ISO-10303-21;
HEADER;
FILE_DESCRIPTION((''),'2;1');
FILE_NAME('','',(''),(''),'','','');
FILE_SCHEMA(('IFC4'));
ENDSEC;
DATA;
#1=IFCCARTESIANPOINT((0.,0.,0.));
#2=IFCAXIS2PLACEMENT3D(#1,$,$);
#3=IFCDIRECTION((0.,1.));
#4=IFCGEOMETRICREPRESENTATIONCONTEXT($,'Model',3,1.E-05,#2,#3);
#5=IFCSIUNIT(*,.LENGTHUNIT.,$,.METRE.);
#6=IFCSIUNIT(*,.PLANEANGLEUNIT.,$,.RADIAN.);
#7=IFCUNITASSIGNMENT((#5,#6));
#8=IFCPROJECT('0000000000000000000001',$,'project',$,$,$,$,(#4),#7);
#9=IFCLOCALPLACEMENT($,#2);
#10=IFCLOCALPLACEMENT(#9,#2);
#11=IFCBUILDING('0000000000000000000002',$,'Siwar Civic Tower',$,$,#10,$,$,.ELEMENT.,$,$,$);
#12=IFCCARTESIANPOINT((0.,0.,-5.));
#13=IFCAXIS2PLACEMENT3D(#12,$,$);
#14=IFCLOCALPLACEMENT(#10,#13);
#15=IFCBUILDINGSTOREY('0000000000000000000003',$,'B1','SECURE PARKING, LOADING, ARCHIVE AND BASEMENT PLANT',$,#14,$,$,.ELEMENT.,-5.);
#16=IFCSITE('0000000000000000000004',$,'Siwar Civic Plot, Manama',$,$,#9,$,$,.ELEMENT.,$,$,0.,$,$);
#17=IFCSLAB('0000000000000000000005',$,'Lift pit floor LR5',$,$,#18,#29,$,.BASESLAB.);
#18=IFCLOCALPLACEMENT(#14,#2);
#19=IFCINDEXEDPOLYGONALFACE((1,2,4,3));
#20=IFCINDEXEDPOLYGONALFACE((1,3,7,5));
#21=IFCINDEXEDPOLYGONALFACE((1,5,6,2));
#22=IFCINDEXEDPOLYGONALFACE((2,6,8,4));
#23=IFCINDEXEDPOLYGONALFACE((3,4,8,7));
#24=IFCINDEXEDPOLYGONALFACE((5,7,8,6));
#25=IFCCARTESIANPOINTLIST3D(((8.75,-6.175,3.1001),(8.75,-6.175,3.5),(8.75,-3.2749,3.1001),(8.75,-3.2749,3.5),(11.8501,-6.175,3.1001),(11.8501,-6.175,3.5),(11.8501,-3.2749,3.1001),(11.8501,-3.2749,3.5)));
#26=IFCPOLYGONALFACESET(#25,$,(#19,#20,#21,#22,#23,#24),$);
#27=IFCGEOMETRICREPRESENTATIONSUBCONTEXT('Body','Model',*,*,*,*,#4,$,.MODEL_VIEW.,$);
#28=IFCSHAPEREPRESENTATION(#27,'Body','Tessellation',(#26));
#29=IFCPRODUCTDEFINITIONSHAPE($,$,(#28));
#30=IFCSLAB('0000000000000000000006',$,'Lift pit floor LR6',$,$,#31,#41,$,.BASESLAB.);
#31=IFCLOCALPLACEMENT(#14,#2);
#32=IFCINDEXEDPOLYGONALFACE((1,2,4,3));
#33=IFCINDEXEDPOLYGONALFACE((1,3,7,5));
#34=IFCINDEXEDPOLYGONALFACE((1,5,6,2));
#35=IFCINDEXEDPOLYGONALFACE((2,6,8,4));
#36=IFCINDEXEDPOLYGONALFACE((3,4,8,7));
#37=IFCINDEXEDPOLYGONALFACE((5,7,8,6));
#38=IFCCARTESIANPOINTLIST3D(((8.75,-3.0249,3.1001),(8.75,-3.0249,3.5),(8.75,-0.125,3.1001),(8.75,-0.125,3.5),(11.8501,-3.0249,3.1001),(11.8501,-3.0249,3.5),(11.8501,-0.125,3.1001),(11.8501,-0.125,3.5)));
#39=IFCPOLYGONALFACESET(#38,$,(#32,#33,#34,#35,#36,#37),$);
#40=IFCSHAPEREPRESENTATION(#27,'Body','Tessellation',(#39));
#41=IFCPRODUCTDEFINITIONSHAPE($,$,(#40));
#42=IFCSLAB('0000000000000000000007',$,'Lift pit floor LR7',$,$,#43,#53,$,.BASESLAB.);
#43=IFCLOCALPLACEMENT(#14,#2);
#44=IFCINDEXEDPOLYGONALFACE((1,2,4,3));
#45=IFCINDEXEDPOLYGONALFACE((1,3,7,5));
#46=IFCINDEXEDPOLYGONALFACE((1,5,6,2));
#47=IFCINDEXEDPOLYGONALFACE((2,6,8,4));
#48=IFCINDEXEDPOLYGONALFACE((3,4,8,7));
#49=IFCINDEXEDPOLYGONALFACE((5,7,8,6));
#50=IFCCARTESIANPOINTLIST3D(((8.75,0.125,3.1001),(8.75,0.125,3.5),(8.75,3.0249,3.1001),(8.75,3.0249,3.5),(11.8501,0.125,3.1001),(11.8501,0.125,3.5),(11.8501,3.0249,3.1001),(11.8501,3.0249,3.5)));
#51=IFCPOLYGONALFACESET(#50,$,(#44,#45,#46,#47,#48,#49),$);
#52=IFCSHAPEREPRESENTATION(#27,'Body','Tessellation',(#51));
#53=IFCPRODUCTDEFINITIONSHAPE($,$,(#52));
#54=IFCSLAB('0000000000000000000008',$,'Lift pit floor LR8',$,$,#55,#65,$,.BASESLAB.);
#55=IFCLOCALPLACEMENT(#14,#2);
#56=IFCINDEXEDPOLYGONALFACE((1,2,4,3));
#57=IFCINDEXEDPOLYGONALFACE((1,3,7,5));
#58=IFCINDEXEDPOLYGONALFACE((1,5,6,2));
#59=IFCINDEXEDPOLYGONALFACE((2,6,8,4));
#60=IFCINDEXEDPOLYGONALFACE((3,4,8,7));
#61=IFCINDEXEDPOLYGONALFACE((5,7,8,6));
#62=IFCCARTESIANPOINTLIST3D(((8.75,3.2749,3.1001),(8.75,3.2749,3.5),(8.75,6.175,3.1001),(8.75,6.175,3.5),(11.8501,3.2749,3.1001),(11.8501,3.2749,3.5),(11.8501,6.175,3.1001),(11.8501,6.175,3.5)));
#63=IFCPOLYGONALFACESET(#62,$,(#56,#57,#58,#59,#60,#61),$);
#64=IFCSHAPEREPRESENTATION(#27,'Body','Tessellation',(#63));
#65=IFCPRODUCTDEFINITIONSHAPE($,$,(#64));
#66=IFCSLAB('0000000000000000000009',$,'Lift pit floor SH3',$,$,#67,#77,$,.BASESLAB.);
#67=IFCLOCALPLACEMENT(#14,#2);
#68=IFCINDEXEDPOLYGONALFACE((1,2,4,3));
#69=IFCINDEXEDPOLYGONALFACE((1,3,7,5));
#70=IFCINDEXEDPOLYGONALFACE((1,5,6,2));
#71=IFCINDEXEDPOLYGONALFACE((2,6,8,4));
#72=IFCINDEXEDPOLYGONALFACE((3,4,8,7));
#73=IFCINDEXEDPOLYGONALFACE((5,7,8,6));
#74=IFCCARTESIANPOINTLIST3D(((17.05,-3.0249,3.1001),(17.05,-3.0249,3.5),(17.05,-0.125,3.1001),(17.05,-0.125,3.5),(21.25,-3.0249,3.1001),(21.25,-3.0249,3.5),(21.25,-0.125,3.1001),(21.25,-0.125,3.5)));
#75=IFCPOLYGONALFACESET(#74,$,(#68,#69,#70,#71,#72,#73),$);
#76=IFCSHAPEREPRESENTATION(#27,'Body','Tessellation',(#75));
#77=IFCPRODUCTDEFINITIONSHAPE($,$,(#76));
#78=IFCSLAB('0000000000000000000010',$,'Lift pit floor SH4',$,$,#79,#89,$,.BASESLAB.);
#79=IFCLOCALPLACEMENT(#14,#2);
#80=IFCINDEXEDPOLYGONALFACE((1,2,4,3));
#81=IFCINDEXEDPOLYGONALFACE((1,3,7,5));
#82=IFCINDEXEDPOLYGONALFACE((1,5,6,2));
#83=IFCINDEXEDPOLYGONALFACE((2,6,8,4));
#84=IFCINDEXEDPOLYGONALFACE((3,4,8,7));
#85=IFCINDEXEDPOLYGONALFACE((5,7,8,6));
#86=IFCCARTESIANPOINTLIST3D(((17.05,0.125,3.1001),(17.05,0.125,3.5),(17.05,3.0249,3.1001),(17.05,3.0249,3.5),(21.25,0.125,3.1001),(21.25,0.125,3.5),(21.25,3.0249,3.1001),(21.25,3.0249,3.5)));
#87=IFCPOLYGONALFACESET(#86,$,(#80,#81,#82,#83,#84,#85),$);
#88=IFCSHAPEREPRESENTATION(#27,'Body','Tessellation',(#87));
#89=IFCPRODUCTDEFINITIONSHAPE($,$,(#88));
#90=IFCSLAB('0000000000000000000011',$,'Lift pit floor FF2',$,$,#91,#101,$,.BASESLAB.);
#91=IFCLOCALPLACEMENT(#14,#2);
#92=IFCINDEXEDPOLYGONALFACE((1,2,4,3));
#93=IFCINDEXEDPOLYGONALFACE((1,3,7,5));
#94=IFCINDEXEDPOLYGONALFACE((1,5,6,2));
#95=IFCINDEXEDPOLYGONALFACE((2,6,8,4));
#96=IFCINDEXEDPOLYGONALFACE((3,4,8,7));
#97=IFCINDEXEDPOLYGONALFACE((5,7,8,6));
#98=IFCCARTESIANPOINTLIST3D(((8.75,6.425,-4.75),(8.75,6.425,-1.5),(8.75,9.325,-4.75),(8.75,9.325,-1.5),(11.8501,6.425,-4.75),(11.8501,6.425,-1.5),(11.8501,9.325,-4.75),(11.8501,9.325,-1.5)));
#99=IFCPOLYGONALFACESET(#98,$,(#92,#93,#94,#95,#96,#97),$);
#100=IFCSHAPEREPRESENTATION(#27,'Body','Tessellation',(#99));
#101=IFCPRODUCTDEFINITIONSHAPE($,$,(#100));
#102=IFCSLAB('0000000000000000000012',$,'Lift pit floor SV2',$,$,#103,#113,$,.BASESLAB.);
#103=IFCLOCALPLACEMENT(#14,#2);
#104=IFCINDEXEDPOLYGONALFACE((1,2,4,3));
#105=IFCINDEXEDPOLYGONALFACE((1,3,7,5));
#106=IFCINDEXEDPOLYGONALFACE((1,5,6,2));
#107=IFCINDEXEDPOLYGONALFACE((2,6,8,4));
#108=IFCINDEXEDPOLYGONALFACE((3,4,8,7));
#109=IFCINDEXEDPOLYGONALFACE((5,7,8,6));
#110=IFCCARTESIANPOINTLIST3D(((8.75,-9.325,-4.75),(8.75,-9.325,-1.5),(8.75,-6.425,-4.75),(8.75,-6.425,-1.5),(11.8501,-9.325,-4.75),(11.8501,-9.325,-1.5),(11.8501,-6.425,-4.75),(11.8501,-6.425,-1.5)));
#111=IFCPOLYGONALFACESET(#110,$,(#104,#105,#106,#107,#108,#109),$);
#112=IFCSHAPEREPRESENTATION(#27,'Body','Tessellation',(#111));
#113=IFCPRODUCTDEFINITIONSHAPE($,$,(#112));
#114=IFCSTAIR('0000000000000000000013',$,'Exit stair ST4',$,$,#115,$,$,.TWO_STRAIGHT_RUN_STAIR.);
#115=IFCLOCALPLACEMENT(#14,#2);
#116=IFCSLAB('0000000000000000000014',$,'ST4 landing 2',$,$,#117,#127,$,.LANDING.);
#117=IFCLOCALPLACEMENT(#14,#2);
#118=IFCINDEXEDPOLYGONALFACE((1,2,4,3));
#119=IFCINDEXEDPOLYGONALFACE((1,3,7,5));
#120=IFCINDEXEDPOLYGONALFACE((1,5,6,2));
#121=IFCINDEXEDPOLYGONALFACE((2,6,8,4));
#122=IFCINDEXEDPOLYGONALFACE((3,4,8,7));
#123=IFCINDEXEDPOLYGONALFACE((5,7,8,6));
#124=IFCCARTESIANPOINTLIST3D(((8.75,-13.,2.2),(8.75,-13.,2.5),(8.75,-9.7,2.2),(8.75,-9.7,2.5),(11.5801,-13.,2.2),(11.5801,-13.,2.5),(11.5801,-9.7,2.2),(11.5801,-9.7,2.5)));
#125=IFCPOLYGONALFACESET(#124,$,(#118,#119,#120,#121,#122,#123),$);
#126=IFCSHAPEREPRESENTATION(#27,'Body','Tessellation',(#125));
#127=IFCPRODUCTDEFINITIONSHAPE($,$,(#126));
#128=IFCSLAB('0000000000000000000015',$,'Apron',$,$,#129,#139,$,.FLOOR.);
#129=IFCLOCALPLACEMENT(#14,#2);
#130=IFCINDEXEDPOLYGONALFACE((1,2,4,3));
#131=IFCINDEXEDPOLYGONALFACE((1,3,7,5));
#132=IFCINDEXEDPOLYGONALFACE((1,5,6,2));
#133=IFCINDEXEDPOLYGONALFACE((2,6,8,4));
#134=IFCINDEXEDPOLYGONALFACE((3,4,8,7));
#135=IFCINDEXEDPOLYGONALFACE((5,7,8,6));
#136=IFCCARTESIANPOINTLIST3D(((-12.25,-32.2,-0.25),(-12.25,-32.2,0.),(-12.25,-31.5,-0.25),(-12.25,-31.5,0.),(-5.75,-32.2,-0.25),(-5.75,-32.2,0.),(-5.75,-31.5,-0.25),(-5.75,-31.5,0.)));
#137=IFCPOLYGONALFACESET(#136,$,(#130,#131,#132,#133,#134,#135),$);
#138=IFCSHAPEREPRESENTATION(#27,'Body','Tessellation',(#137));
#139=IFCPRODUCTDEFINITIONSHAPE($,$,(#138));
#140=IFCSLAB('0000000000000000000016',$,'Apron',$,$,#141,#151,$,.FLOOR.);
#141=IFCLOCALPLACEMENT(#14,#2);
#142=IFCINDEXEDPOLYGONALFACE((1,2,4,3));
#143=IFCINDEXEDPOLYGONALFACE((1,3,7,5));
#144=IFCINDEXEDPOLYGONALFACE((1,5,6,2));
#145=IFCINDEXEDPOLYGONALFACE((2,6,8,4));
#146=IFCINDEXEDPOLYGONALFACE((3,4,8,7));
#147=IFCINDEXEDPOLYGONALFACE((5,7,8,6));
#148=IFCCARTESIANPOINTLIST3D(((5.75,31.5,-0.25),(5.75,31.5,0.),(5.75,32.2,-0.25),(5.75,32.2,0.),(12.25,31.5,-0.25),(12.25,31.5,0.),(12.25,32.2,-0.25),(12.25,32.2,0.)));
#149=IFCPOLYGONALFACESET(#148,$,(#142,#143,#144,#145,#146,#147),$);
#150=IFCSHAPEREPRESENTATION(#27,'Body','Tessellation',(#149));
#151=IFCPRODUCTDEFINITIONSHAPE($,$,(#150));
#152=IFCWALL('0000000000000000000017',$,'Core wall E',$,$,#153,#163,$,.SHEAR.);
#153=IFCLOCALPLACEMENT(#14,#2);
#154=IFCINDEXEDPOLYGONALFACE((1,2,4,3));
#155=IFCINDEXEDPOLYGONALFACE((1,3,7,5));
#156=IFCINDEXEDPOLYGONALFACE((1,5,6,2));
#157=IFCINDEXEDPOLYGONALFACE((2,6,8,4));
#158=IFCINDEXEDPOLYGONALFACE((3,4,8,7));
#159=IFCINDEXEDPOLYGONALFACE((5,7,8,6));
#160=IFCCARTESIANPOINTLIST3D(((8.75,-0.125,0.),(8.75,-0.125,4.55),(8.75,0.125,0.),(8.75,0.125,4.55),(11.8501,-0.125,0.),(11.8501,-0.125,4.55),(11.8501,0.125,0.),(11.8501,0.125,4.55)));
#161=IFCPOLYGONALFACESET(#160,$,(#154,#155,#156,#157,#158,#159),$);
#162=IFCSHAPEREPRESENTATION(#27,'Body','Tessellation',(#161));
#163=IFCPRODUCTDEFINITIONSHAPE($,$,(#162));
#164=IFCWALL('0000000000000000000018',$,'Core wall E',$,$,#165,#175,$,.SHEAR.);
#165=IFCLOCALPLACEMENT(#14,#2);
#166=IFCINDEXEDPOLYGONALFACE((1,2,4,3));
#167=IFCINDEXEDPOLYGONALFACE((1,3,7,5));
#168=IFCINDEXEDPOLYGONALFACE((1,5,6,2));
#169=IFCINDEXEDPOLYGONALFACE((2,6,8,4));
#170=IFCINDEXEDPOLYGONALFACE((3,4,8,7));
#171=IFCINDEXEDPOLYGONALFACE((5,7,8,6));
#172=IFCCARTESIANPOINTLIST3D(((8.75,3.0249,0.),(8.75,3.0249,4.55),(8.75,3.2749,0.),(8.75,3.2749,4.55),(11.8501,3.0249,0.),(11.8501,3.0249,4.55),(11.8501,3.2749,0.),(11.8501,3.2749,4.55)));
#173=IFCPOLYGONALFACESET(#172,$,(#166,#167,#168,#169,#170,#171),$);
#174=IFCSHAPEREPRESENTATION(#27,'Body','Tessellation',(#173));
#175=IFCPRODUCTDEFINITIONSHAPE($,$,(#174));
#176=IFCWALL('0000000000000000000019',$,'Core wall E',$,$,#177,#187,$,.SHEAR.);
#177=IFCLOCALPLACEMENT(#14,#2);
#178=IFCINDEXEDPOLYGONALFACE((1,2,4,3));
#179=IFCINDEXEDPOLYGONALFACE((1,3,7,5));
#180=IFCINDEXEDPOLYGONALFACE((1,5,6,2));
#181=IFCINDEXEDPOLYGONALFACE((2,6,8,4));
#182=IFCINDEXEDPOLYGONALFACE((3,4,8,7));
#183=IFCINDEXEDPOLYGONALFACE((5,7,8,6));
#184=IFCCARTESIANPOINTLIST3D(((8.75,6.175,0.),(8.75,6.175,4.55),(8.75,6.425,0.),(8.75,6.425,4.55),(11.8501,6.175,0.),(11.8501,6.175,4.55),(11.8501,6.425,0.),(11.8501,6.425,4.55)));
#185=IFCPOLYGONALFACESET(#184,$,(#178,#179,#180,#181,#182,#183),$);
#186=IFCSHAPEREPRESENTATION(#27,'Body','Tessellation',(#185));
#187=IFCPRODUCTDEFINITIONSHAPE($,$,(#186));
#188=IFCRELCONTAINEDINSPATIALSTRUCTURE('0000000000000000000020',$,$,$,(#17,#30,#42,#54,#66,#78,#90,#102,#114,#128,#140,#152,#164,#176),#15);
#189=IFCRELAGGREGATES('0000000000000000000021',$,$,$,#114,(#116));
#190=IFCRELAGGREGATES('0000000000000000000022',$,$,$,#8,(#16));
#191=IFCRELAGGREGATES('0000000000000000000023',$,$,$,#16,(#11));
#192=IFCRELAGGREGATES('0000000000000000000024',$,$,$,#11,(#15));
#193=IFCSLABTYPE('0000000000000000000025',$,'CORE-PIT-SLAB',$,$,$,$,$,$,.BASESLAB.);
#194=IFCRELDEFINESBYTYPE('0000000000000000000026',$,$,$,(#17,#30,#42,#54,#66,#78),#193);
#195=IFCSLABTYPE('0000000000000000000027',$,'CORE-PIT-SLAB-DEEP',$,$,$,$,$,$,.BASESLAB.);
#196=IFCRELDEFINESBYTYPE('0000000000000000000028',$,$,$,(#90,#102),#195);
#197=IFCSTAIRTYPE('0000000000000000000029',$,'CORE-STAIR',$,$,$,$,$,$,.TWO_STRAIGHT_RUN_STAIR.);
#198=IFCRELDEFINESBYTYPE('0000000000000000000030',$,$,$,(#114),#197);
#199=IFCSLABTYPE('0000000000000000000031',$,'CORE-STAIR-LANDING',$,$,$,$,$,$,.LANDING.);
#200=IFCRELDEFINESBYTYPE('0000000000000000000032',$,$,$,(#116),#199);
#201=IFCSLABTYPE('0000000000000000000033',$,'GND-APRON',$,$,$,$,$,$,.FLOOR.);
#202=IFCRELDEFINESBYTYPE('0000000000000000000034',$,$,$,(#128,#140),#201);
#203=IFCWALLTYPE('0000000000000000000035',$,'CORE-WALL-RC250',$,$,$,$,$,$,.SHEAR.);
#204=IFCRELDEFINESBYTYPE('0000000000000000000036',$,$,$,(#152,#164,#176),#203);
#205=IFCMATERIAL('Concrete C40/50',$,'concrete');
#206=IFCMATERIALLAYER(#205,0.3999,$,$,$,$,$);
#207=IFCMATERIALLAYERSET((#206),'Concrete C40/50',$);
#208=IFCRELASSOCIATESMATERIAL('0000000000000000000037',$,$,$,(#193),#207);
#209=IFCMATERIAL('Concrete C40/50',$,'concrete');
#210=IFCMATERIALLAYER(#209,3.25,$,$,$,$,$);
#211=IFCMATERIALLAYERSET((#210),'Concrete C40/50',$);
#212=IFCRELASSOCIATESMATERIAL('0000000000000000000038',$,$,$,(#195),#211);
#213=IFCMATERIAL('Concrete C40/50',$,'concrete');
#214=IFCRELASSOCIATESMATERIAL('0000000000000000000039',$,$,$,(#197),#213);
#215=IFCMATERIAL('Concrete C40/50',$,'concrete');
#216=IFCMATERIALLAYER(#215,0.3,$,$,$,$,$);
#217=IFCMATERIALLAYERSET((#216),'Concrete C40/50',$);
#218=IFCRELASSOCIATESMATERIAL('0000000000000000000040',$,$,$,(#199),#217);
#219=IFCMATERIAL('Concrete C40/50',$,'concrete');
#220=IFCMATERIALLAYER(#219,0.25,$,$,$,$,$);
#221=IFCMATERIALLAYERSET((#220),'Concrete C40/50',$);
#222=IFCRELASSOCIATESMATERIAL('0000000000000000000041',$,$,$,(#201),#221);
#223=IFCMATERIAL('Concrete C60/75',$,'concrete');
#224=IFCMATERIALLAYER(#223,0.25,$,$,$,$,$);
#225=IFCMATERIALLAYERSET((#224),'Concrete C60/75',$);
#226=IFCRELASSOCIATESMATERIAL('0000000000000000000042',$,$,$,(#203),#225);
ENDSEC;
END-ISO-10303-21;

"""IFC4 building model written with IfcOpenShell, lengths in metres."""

from ifc_helpers import new_model, si_unit, direction, frame, frame_2d, origin, place, context, subcontext, project, spatial, polyline, rectangle, outline, extrude, material, layer, layer_set, type_object, element, aggregate, save


model = new_model("IFC4")

# Units and contexts
model_context = context("Model", 3, precision=1e-05, world=origin(), true_north=direction((0.0, 1.0)))
body_context = subcontext(model_context, "Body", "Model", "MODEL_VIEW")
ifc_project = project(units=[si_unit("LENGTHUNIT", "METRE"), si_unit("PLANEANGLEUNIT", "RADIAN")], contexts=[model_context])

# Site, building, storey
site_placement = place(None, origin())
site = spatial("IfcSite", under=ifc_project, at=site_placement, Name="Siwar Civic Plot, Manama", CompositionType="ELEMENT", RefElevation=0.0)
building_placement = place(site_placement, origin())
building = spatial("IfcBuilding", under=site, at=building_placement, Name="Siwar Civic Tower", CompositionType="ELEMENT")
storey_placement = place(building_placement, frame((0.0, 0.0, -5.0)))
storey = spatial("IfcBuildingStorey", under=building, at=storey_placement, Name="B1", Description="SECURE PARKING, LOADING, ARCHIVE AND BASEMENT PLANT", CompositionType="ELEMENT", Elevation=-5.0)

# Slabs
ifc_material_1 = material(Name="Concrete C40/50", Category="concrete")
ifc_layer_1 = layer(ifc_material_1, 0.3999)
ifc_layer_set_1 = layer_set([ifc_layer_1], Name="Concrete C40/50")
slab_type_1 = type_object("IfcSlabType", Name="CORE-PIT-SLAB", PredefinedType="BASESLAB", material=ifc_layer_set_1)
slab_1_placement = place(storey_placement, frame((0.0, 0.0, 3.1001)))
element("IfcSlab", 1, at=slab_1_placement, inside=storey, type_object=slab_type_1, Name="Lift pit floor LR5", PredefinedType="BASESLAB", context=body_context, shape_type="SweptSolid", body=[
    extrude(outline(polyline([(8.75, -6.175), (11.8501, -6.175), (11.8501, -3.2749), (8.75, -3.2749), (8.75, -6.175)])), origin(), (0.0, 0.0, 1.0), 0.3999),
])
slab_2_placement = place(storey_placement, frame((0.0, 0.0, 3.1001)))
element("IfcSlab", 2, at=slab_2_placement, inside=storey, type_object=slab_type_1, Name="Lift pit floor LR6", PredefinedType="BASESLAB", context=body_context, shape_type="SweptSolid", body=[
    extrude(outline(polyline([(8.75, -3.0249), (11.8501, -3.0249), (11.8501, -0.125), (8.75, -0.125), (8.75, -3.0249)])), origin(), (0.0, 0.0, 1.0), 0.3999),
])
slab_3_placement = place(storey_placement, frame((0.0, 0.0, 3.1001)))
element("IfcSlab", 3, at=slab_3_placement, inside=storey, type_object=slab_type_1, Name="Lift pit floor LR7", PredefinedType="BASESLAB", context=body_context, shape_type="SweptSolid", body=[
    extrude(outline(polyline([(8.75, 0.125), (11.8501, 0.125), (11.8501, 3.0249), (8.75, 3.0249), (8.75, 0.125)])), origin(), (0.0, 0.0, 1.0), 0.3999),
])
slab_4_placement = place(storey_placement, frame((0.0, 0.0, 3.1001)))
element("IfcSlab", 4, at=slab_4_placement, inside=storey, type_object=slab_type_1, Name="Lift pit floor LR8", PredefinedType="BASESLAB", context=body_context, shape_type="SweptSolid", body=[
    extrude(outline(polyline([(8.75, 3.2749), (11.8501, 3.2749), (11.8501, 6.175), (8.75, 6.175), (8.75, 3.2749)])), origin(), (0.0, 0.0, 1.0), 0.3999),
])
slab_5_placement = place(storey_placement, frame((0.0, 0.0, 3.1001)))
element("IfcSlab", 5, at=slab_5_placement, inside=storey, type_object=slab_type_1, Name="Lift pit floor SH3", PredefinedType="BASESLAB", context=body_context, shape_type="SweptSolid", body=[
    extrude(outline(polyline([(17.05, -3.0249), (21.25, -3.0249), (21.25, -0.125), (17.05, -0.125), (17.05, -3.0249)])), origin(), (0.0, 0.0, 1.0), 0.3999),
])
slab_6_placement = place(storey_placement, frame((0.0, 0.0, 3.1001)))
element("IfcSlab", 6, at=slab_6_placement, inside=storey, type_object=slab_type_1, Name="Lift pit floor SH4", PredefinedType="BASESLAB", context=body_context, shape_type="SweptSolid", body=[
    extrude(outline(polyline([(17.05, 0.125), (21.25, 0.125), (21.25, 3.0249), (17.05, 3.0249), (17.05, 0.125)])), origin(), (0.0, 0.0, 1.0), 0.3999),
])
ifc_material_2 = material(Name="Concrete C40/50", Category="concrete")
ifc_layer_2 = layer(ifc_material_2, 3.25)
ifc_layer_set_2 = layer_set([ifc_layer_2], Name="Concrete C40/50")
slab_type_2 = type_object("IfcSlabType", Name="CORE-PIT-SLAB-DEEP", PredefinedType="BASESLAB", material=ifc_layer_set_2)
slab_7_placement = place(storey_placement, frame((0.0, 0.0, -4.75)))
element("IfcSlab", 7, at=slab_7_placement, inside=storey, type_object=slab_type_2, Name="Lift pit floor FF2", PredefinedType="BASESLAB", context=body_context, shape_type="SweptSolid", body=[
    extrude(outline(polyline([(8.75, 6.425), (11.8501, 6.425), (11.8501, 9.325), (8.75, 9.325), (8.75, 6.425)])), origin(), (0.0, 0.0, 1.0), 3.25),
])
slab_8_placement = place(storey_placement, frame((0.0, 0.0, -4.75)))
element("IfcSlab", 8, at=slab_8_placement, inside=storey, type_object=slab_type_2, Name="Lift pit floor SV2", PredefinedType="BASESLAB", context=body_context, shape_type="SweptSolid", body=[
    extrude(outline(polyline([(8.75, -9.325), (11.8501, -9.325), (11.8501, -6.425), (8.75, -6.425), (8.75, -9.325)])), origin(), (0.0, 0.0, 1.0), 3.25),
])

# Stair, slab
ifc_material_3 = material(Name="Concrete C40/50", Category="concrete")
stair_type = type_object("IfcStairType", Name="CORE-STAIR", PredefinedType="TWO_STRAIGHT_RUN_STAIR", material=ifc_material_3)
stair_placement = place(storey_placement, origin())
stair = element("IfcStair", 9, at=stair_placement, inside=storey, type_object=stair_type, Name="Exit stair ST4", PredefinedType="TWO_STRAIGHT_RUN_STAIR")
ifc_material_4 = material(Name="Concrete C40/50", Category="concrete")
ifc_layer_3 = layer(ifc_material_4, 0.3)
ifc_layer_set_3 = layer_set([ifc_layer_3], Name="Concrete C40/50")
slab_type_3 = type_object("IfcSlabType", Name="CORE-STAIR-LANDING", PredefinedType="LANDING", material=ifc_layer_set_3)
slab_9_placement = place(storey_placement, frame((0.0, 0.0, 2.2)))
slab_9 = element("IfcSlab", 10, at=slab_9_placement, type_object=slab_type_3, Name="ST4 landing 2", PredefinedType="LANDING", context=body_context, shape_type="SweptSolid", body=[
    extrude(outline(polyline([(8.75, -13.0), (11.5801, -13.0), (11.5801, -9.7), (8.75, -9.7), (8.75, -13.0)])), origin(), (0.0, 0.0, 1.0), 0.3),
])
aggregate(stair, [slab_9])

# Slabs
ifc_material_5 = material(Name="Concrete C40/50", Category="concrete")
ifc_layer_4 = layer(ifc_material_5, 0.25)
ifc_layer_set_4 = layer_set([ifc_layer_4], Name="Concrete C40/50")
slab_type_4 = type_object("IfcSlabType", Name="GND-APRON", PredefinedType="FLOOR", material=ifc_layer_set_4)
slab_10_placement = place(storey_placement, frame((0.0, 0.0, -0.25)))
element("IfcSlab", 11, at=slab_10_placement, inside=storey, type_object=slab_type_4, Name="Apron", PredefinedType="FLOOR", context=body_context, shape_type="SweptSolid", body=[
    extrude(outline(polyline([(-12.25, -32.2), (-5.75, -32.2), (-5.75, -31.5), (-12.25, -31.5), (-12.25, -32.2)])), origin(), (0.0, 0.0, 1.0), 0.25),
])
slab_11_placement = place(storey_placement, frame((0.0, 0.0, -0.25)))
element("IfcSlab", 12, at=slab_11_placement, inside=storey, type_object=slab_type_4, Name="Apron", PredefinedType="FLOOR", context=body_context, shape_type="SweptSolid", body=[
    extrude(outline(polyline([(5.75, 31.5), (12.25, 31.5), (12.25, 32.2), (5.75, 32.2), (5.75, 31.5)])), origin(), (0.0, 0.0, 1.0), 0.25),
])

# Walls
ifc_material_6 = material(Name="Concrete C60/75", Category="concrete")
ifc_layer_5 = layer(ifc_material_6, 0.25)
ifc_layer_set_5 = layer_set([ifc_layer_5], Name="Concrete C60/75")
wall_type_1 = type_object("IfcWallType", Name="CORE-WALL-RC250", PredefinedType="SHEAR", material=ifc_layer_set_5)
for number, where, z_axis, x_axis, name in (
    (13, (8.75, 0.0, 0.0), (0.0, 0.0, 1.0), (1.0, 0.0, 0.0), "Core wall E"),
    (14, (8.75, 3.1499, 0.0), (0.0, 0.0, 1.0), (1.0, 0.0, 0.0), "Core wall E"),
    (15, (8.75, 6.3, 0.0), (0.0, 0.0, 1.0), (1.0, 0.0, 0.0), "Core wall E"),
):
    element("IfcWall", number, at=place(storey_placement, frame(where, z_axis=z_axis, x_axis=x_axis)), inside=storey, type_object=wall_type_1, Name=name, PredefinedType="SHEAR", context=body_context, shape_type="SweptSolid", body=[
        extrude(rectangle(XDim=3.1001, YDim=0.25, at=frame_2d((1.55, 0.0))), origin(), (0.0, 0.0, 1.0), 4.55),
    ])

save(model, "model.ifc")
